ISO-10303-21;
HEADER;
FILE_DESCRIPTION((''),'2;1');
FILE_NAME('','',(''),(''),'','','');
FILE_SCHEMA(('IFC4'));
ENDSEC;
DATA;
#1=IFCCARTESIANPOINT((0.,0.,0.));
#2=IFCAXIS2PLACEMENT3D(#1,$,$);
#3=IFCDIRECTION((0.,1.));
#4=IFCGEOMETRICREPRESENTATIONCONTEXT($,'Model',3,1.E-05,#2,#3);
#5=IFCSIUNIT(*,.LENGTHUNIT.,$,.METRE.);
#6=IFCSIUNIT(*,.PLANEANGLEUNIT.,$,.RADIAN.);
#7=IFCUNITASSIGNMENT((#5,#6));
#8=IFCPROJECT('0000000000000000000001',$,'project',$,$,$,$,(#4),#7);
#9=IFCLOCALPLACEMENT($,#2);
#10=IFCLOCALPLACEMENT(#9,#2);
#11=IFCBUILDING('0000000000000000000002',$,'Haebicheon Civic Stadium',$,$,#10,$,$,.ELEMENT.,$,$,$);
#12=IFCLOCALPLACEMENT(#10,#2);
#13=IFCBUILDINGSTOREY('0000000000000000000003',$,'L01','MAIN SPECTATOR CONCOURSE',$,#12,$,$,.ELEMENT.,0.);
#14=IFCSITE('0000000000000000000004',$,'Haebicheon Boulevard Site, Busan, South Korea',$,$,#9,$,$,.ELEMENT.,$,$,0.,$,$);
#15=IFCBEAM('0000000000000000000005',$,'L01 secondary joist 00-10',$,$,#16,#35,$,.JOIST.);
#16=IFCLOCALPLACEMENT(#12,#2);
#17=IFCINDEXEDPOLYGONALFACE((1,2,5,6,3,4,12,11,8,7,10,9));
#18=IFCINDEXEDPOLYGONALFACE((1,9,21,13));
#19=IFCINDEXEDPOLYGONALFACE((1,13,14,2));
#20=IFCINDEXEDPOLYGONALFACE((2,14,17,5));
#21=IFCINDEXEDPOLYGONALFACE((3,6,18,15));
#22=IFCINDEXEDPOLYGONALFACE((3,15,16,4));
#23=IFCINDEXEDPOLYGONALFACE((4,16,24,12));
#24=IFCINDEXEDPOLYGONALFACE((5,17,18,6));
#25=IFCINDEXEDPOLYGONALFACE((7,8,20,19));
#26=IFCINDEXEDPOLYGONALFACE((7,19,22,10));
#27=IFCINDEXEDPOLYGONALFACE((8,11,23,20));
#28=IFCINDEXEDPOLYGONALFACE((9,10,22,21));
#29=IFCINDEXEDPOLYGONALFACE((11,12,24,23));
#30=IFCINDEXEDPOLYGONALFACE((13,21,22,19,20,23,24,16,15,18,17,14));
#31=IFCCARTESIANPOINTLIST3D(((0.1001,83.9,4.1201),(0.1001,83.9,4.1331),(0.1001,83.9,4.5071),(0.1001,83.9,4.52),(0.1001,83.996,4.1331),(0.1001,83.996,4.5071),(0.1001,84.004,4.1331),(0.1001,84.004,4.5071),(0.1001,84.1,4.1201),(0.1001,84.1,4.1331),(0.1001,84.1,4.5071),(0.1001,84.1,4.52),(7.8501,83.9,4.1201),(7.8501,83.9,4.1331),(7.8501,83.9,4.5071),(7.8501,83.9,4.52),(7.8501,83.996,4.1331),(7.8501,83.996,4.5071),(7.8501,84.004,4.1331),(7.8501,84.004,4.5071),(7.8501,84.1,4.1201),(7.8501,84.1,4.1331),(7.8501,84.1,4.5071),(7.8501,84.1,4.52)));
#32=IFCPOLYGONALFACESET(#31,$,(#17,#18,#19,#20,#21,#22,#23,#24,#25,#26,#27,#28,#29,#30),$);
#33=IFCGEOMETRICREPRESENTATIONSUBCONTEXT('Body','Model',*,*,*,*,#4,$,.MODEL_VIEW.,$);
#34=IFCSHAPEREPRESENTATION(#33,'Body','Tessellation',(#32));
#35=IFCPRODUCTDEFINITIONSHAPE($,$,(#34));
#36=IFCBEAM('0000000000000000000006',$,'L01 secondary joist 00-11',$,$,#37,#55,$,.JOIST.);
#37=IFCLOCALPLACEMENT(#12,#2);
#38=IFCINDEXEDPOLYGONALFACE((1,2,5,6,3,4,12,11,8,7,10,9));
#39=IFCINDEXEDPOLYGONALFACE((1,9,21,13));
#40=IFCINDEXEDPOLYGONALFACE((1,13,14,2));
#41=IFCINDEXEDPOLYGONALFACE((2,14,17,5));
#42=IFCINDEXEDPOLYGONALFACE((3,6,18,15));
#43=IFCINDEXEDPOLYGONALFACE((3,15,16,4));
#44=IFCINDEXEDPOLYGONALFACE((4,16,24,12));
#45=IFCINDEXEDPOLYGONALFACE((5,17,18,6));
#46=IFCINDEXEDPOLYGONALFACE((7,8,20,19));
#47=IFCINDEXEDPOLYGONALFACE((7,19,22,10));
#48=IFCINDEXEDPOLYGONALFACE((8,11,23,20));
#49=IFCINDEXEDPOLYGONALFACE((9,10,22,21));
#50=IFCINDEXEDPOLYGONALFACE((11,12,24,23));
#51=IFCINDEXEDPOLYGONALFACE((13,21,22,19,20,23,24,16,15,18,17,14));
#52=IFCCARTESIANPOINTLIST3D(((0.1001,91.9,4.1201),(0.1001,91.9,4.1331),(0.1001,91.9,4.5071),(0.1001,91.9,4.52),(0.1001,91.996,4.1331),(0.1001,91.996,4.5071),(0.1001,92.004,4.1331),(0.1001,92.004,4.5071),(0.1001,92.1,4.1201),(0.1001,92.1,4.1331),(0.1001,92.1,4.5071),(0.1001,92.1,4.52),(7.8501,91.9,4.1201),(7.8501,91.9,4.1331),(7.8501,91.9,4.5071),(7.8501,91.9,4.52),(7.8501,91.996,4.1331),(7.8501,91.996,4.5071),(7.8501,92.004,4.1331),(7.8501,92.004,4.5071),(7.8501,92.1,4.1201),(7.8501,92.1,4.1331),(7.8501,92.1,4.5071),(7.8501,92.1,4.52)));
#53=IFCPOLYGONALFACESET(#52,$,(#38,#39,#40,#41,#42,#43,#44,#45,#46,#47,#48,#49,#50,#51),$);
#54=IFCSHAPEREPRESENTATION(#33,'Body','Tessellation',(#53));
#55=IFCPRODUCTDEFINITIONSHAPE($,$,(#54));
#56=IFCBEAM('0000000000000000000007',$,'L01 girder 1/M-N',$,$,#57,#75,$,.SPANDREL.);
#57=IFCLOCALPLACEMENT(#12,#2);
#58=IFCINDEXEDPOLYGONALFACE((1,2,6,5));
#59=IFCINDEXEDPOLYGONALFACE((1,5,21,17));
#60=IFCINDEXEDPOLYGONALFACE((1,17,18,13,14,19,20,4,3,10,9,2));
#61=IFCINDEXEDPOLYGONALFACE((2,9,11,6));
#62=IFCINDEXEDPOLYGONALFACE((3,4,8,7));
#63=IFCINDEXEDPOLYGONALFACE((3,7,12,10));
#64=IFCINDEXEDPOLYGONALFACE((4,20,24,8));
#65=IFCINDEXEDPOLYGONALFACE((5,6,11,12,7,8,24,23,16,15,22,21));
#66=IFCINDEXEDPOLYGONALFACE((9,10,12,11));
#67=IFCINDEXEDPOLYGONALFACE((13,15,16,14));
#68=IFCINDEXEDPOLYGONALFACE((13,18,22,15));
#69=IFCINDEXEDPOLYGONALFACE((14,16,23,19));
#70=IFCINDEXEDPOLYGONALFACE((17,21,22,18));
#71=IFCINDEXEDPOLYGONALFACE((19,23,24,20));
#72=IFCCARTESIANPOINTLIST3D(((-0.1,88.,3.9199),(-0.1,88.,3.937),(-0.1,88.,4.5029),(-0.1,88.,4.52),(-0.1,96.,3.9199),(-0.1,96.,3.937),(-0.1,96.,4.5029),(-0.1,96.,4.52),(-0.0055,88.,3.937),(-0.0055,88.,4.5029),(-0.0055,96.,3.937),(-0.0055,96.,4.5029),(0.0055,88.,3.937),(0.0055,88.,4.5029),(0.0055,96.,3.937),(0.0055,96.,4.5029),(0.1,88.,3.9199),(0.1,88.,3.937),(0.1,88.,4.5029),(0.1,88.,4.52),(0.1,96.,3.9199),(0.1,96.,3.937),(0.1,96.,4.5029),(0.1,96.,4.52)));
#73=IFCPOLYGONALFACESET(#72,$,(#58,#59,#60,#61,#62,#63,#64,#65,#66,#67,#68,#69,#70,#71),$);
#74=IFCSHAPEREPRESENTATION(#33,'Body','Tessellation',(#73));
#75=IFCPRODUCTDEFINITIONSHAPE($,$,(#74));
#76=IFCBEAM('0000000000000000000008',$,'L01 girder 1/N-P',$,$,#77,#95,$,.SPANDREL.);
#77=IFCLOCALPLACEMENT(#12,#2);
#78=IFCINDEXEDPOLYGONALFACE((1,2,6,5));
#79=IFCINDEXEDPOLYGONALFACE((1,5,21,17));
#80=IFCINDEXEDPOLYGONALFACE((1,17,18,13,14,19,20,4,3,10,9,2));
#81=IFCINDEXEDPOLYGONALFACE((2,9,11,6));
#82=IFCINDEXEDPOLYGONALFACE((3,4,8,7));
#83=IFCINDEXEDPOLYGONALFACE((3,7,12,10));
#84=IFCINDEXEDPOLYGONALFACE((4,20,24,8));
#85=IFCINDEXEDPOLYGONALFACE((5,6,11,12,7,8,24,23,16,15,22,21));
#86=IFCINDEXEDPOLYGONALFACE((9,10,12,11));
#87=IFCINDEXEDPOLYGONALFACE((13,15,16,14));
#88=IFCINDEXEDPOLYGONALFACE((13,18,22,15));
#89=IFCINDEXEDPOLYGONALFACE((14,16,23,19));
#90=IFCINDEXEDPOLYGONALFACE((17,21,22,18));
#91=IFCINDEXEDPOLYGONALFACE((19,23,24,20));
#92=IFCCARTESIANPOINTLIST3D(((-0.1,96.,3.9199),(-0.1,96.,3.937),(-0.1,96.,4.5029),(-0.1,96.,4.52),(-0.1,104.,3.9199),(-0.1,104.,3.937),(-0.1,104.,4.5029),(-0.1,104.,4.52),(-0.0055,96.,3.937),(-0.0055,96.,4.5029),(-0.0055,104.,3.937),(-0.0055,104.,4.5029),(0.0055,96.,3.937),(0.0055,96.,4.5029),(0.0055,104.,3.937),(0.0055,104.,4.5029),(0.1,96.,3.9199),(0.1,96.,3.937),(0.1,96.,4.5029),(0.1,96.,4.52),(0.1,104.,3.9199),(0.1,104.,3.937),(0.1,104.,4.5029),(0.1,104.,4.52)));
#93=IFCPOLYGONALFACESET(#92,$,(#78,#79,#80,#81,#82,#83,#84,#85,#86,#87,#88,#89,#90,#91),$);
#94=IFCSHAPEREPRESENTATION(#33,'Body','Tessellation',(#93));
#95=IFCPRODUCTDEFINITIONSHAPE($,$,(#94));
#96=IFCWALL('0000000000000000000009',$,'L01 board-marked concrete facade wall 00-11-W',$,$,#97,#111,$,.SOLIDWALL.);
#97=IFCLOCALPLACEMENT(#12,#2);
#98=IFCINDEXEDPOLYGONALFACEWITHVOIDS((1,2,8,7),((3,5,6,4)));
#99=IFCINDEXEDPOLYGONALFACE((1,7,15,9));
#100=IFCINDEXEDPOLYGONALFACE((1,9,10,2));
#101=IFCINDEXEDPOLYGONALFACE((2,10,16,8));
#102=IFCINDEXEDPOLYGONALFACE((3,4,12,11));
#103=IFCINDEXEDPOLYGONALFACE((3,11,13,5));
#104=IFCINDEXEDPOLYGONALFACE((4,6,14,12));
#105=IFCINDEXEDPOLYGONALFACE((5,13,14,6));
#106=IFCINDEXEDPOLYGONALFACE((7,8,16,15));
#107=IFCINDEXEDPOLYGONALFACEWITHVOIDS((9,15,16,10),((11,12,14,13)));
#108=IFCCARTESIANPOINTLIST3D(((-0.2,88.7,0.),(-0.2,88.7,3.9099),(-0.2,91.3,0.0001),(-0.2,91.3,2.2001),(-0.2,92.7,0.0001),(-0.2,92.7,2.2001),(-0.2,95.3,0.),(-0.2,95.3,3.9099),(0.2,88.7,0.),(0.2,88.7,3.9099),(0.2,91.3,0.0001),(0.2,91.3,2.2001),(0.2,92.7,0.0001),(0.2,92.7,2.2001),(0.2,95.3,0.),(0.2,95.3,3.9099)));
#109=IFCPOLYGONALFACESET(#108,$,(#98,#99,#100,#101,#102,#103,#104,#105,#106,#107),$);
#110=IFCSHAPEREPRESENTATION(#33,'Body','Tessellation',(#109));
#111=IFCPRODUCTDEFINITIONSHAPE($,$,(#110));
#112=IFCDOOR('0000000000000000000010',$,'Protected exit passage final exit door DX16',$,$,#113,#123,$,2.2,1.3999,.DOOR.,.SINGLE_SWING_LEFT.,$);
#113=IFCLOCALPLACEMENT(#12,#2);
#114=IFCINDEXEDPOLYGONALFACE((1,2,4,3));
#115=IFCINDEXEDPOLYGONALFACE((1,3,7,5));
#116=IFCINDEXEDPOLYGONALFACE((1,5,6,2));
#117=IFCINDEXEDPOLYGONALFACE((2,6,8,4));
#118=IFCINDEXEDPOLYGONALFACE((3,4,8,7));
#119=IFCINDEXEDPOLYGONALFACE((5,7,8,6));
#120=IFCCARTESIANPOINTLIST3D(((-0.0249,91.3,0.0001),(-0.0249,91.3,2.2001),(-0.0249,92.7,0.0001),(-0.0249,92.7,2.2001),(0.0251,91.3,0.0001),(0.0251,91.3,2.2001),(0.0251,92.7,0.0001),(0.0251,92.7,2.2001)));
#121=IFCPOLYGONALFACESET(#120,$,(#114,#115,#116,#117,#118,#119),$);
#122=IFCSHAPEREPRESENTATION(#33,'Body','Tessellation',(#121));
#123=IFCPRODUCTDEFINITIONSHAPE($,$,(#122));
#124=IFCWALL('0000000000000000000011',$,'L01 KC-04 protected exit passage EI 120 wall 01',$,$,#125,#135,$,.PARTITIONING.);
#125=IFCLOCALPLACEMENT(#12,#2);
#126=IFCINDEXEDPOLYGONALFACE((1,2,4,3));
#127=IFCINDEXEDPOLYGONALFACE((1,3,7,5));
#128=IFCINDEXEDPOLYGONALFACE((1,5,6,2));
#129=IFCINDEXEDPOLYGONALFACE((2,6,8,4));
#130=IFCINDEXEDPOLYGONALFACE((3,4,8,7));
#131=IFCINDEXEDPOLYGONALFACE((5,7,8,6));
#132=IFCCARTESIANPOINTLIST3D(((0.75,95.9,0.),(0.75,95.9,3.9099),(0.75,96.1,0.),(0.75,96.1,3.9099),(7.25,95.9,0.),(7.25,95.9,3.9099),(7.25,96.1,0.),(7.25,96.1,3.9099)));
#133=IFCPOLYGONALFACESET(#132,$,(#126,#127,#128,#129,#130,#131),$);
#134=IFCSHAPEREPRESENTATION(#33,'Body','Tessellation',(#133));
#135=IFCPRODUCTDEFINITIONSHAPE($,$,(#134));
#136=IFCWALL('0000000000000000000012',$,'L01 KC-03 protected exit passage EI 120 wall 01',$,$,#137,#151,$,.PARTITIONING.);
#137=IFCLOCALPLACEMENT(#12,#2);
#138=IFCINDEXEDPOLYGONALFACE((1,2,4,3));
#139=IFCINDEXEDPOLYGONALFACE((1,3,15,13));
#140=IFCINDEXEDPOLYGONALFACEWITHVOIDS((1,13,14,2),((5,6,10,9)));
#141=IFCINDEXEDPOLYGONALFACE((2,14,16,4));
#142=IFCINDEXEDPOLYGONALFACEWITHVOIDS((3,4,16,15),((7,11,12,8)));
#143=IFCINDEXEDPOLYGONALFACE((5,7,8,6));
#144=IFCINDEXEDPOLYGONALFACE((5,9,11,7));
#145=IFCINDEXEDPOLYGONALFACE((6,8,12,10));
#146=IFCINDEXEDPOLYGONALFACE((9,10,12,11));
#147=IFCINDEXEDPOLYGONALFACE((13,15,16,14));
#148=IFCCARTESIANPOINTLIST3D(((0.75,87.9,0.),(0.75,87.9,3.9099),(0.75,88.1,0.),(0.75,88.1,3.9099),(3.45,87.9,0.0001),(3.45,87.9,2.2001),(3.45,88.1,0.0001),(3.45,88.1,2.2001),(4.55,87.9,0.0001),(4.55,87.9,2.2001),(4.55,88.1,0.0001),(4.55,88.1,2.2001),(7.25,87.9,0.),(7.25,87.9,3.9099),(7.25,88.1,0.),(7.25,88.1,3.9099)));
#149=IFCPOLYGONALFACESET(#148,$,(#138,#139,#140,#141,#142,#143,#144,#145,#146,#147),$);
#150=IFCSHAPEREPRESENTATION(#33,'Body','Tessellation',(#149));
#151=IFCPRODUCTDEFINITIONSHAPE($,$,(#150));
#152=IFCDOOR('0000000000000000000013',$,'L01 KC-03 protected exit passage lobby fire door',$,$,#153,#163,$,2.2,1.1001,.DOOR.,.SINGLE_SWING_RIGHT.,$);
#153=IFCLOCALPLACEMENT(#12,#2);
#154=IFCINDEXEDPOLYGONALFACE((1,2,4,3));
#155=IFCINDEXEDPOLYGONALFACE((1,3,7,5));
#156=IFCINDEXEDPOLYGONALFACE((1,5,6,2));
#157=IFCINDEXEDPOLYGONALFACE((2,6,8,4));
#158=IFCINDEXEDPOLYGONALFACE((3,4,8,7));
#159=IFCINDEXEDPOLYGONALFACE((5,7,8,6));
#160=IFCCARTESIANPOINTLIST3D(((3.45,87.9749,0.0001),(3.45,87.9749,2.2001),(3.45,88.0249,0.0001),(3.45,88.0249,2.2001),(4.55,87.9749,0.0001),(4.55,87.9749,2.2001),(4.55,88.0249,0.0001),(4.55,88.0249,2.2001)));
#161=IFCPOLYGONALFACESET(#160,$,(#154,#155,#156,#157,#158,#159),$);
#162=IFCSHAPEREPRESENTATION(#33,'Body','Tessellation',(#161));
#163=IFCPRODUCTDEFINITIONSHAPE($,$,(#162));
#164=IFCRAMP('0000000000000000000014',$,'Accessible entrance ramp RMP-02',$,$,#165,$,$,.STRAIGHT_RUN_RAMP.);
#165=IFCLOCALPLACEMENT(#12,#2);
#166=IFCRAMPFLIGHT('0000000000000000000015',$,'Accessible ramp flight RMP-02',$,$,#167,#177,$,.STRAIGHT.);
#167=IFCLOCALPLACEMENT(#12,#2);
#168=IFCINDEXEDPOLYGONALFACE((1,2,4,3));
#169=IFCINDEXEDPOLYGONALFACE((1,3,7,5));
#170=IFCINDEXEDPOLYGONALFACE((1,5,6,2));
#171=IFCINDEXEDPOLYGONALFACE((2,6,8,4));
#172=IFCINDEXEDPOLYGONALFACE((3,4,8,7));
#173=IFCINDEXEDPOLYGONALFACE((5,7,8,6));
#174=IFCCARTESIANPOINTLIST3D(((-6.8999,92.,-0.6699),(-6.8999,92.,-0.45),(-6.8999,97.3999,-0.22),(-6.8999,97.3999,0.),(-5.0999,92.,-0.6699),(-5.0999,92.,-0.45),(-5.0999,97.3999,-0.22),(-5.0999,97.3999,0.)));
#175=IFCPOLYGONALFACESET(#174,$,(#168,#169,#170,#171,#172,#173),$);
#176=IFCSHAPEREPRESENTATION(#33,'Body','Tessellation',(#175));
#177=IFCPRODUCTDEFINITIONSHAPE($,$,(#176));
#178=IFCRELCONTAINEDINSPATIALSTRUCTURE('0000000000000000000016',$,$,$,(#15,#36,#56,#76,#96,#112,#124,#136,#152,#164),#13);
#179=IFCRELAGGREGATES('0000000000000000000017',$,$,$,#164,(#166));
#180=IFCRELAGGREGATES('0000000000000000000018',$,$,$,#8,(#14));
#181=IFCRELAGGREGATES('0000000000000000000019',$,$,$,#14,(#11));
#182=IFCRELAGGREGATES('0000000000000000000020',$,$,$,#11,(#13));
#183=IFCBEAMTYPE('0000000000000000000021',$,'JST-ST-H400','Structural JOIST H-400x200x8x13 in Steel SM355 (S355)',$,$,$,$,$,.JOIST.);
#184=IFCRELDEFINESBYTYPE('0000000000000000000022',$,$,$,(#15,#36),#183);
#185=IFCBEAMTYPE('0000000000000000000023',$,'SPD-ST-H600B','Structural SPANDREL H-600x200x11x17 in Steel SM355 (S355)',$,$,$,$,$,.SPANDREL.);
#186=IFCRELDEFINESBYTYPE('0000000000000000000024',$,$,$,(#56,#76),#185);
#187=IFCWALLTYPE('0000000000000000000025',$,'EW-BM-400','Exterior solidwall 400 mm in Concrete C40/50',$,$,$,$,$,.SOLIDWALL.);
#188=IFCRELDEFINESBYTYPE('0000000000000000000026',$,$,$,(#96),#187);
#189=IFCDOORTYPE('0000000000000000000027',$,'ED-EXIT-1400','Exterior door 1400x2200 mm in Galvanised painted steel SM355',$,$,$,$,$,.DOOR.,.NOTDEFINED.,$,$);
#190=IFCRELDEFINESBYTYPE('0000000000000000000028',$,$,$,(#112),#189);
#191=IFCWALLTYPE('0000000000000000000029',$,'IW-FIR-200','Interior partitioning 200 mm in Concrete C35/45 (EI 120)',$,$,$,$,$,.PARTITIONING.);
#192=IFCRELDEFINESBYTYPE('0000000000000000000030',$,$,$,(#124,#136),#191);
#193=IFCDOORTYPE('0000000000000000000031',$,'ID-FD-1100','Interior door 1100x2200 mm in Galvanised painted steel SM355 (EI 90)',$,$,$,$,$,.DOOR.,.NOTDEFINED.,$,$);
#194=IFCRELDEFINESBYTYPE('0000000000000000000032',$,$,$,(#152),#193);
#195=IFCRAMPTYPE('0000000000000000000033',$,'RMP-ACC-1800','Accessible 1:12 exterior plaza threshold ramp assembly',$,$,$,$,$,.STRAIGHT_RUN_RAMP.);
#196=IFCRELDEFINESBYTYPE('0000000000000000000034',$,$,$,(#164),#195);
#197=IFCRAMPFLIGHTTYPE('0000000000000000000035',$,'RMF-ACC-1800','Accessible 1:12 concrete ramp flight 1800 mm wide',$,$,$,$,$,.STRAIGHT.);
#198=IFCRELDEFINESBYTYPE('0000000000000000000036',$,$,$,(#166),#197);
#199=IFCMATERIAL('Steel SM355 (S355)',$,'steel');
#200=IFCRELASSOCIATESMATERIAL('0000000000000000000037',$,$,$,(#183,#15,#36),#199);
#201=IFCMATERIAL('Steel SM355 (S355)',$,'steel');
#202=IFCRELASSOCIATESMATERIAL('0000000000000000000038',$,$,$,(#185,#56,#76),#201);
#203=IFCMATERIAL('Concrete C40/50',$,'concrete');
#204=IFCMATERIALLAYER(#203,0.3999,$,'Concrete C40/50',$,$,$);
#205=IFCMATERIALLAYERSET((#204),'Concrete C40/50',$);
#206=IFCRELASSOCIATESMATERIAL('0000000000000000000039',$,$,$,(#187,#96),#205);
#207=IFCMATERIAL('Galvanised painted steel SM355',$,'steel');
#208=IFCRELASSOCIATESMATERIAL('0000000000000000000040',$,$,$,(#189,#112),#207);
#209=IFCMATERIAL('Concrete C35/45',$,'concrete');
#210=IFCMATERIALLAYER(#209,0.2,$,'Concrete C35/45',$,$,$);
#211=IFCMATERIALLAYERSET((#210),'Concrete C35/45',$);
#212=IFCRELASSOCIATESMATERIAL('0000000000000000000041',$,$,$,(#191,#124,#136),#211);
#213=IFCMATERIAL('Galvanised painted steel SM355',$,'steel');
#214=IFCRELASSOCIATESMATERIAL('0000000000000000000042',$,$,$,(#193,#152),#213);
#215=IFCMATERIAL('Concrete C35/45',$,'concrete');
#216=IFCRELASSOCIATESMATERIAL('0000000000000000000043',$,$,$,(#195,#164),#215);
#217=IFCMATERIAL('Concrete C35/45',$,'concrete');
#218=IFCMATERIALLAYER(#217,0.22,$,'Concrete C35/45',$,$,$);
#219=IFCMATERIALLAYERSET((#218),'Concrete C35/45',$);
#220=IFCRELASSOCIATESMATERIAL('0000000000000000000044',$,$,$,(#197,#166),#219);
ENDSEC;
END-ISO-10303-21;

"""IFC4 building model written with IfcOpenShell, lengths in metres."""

from ifc_helpers import new_model, si_unit, direction, frame, frame_2d, origin, origin_2d, place, context, subcontext, project, spatial, polyline, rectangle, i_section, outline, extrude, material, layer, layer_set, material_profile, profile_set, type_object, element, fill, aggregate, save


model = new_model("IFC4")

# Units and contexts
model_context = context("Model", 3, precision=1e-05, world=origin(), true_north=direction((0.0, 1.0)))
body_context = subcontext(model_context, "Body", "Model", "MODEL_VIEW")
ifc_project = project(units=[si_unit("LENGTHUNIT", "METRE"), si_unit("PLANEANGLEUNIT", "RADIAN")], contexts=[model_context])

# Site, building, storey
site_placement = place(None, origin())
site = spatial("IfcSite", under=ifc_project, at=site_placement, Name="Haebicheon Boulevard Site, Busan, South Korea", CompositionType="ELEMENT", RefElevation=0.0)
building_placement = place(site_placement, origin())
building = spatial("IfcBuilding", under=site, at=building_placement, Name="Haebicheon Civic Stadium", CompositionType="ELEMENT")
storey_placement = place(building_placement, origin())
storey = spatial("IfcBuildingStorey", under=building, at=storey_placement, Name="L01", Description="MAIN SPECTATOR CONCOURSE", CompositionType="ELEMENT", Elevation=0.0)

# Beams
ifc_material_1 = material(Name="Steel SM355 (S355)", Category="steel")
ifc_material_profile_1 = material_profile(ifc_material_1, i_section(OverallWidth=0.2, OverallDepth=0.3999, WebThickness=0.0081, FlangeThickness=0.0129, at=origin_2d()), Name="H-400x200x8x13")
ifc_profile_set_1 = profile_set([ifc_material_profile_1], Name="Steel SM355 (S355)")
beam_type_1 = type_object("IfcBeamType", Name="JST-ST-H400", Description="Structural JOIST H-400x200x8x13 in Steel SM355 (S355)", PredefinedType="JOIST", material=ifc_profile_set_1)
for number, where, z_axis, x_axis, name in (
    (1, (0.1001, 84.0, 4.3201), (1.0, 0.0, 0.0), (0.0, 1.0, 0.0), "L01 secondary joist 00-10"),
    (2, (0.1001, 92.0, 4.3201), (1.0, 0.0, 0.0), (0.0, 1.0, 0.0), "L01 secondary joist 00-11"),
):
    element("IfcBeam", number, at=place(storey_placement, frame(where, z_axis=z_axis, x_axis=x_axis)), inside=storey, type_object=beam_type_1, material=ifc_profile_set_1, Name=name, PredefinedType="JOIST", context=body_context, shape_type="SweptSolid", body=[
        extrude(i_section(OverallWidth=0.2, OverallDepth=0.3999, WebThickness=0.0081, FlangeThickness=0.0129, at=origin_2d()), origin(), (0.0, 0.0, 1.0), 7.75),
    ])
ifc_material_2 = material(Name="Steel SM355 (S355)", Category="steel")
ifc_material_profile_2 = material_profile(ifc_material_2, i_section(OverallWidth=0.2, OverallDepth=0.6001, WebThickness=0.011, FlangeThickness=0.0171, at=origin_2d()), Name="H-600x200x11x17")
ifc_profile_set_2 = profile_set([ifc_material_profile_2], Name="Steel SM355 (S355)")
beam_type_2 = type_object("IfcBeamType", Name="SPD-ST-H600B", Description="Structural SPANDREL H-600x200x11x17 in Steel SM355 (S355)", PredefinedType="SPANDREL", material=ifc_profile_set_2)
for number, where, z_axis, x_axis, name in (
    (3, (0.0, 88.0, 4.22), (0.0, 1.0, 0.0), (-1.0, 0.0, 0.0), "L01 girder 1/M-N"),
    (4, (0.0, 96.0, 4.22), (0.0, 1.0, 0.0), (-1.0, 0.0, 0.0), "L01 girder 1/N-P"),
):
    element("IfcBeam", number, at=place(storey_placement, frame(where, z_axis=z_axis, x_axis=x_axis)), inside=storey, type_object=beam_type_2, material=ifc_profile_set_2, Name=name, PredefinedType="SPANDREL", context=body_context, shape_type="SweptSolid", body=[
        extrude(i_section(OverallWidth=0.2, OverallDepth=0.6001, WebThickness=0.011, FlangeThickness=0.0171, at=origin_2d()), origin(), (0.0, 0.0, 1.0), 8.0),
    ])

# Wall, opening, door
ifc_material_3 = material(Name="Concrete C40/50", Category="concrete")
ifc_layer_1 = layer(ifc_material_3, 0.3999, Name="Concrete C40/50")
ifc_layer_set_1 = layer_set([ifc_layer_1], Name="Concrete C40/50")
wall_type_1 = type_object("IfcWallType", Name="EW-BM-400", Description="Exterior solidwall 400 mm in Concrete C40/50", PredefinedType="SOLIDWALL", material=ifc_layer_set_1)
wall_1_placement = place(storey_placement, frame((0.0, 88.7, 0.0), z_axis=(0.0, 0.0, 1.0), x_axis=(0.0, 1.0, 0.0)))
wall_1 = element("IfcWall", 5, at=wall_1_placement, inside=storey, type_object=wall_type_1, material=ifc_layer_set_1, Name="L01 board-marked concrete facade wall 00-11-W", PredefinedType="SOLIDWALL", context=body_context, shape_type="SweptSolid", body=[
    extrude(rectangle(XDim=6.6001, YDim=0.3999, at=frame_2d((3.3, 0.0))), origin(), (0.0, 0.0, 1.0), 3.9099),
])
opening_1_placement = place(wall_1_placement, frame((2.6001, 0.0, 0.0)))
opening_1 = element("IfcOpeningElement", 6, at=opening_1_placement, cuts=wall_1, PredefinedType="OPENING", context=body_context, shape_type="SweptSolid", body=[
    extrude(rectangle(XDim=1.3999, YDim=2.2, at=frame_2d((0.7, 1.1001))), frame((0.0, 0.21, 0.0), z_axis=(0.0, -1.0, 0.0), x_axis=(1.0, 0.0, 0.0)), (0.0, 0.0, 1.0), 0.4199),
])
ifc_material_4 = material(Name="Galvanised painted steel SM355", Category="steel")
door_type_1 = type_object("IfcDoorType", Name="ED-EXIT-1400", Description="Exterior door 1400x2200 mm in Galvanised painted steel SM355", OperationType="NOTDEFINED", PredefinedType="DOOR", material=ifc_material_4)
door_1_placement = place(opening_1_placement, origin())
door_1 = element("IfcDoor", 7, at=door_1_placement, inside=storey, type_object=door_type_1, material=ifc_material_4, Name="Protected exit passage final exit door DX16", OperationType="SINGLE_SWING_LEFT", OverallHeight=2.2, OverallWidth=1.3999, PredefinedType="DOOR", context=body_context, shape_type="SweptSolid", body=[
    extrude(rectangle(XDim=1.3999, YDim=2.2, at=frame_2d((0.7, 1.1001))), frame((0.0, 0.0249, 0.0), z_axis=(0.0, -1.0, 0.0), x_axis=(1.0, 0.0, 0.0)), (0.0, 0.0, 1.0), 0.05),
])
fill(opening_1, door_1)

# Wall
ifc_material_5 = material(Name="Concrete C35/45", Category="concrete")
ifc_layer_2 = layer(ifc_material_5, 0.2, Name="Concrete C35/45")
ifc_layer_set_2 = layer_set([ifc_layer_2], Name="Concrete C35/45")
wall_type_2 = type_object("IfcWallType", Name="IW-FIR-200", Description="Interior partitioning 200 mm in Concrete C35/45 (EI 120)", PredefinedType="PARTITIONING", material=ifc_layer_set_2)
wall_2_placement = place(storey_placement, frame((0.75, 96.0, 0.0), z_axis=(0.0, 0.0, 1.0), x_axis=(1.0, 0.0, 0.0)))
element("IfcWall", 8, at=wall_2_placement, inside=storey, type_object=wall_type_2, material=ifc_layer_set_2, Name="L01 KC-04 protected exit passage EI 120 wall 01", PredefinedType="PARTITIONING", context=body_context, shape_type="SweptSolid", body=[
    extrude(rectangle(XDim=6.5, YDim=0.2, at=frame_2d((3.25, 0.0))), origin(), (0.0, 0.0, 1.0), 3.9099),
])

# Wall, opening, door
wall_3_placement = place(storey_placement, frame((0.75, 88.0, 0.0), z_axis=(0.0, 0.0, 1.0), x_axis=(1.0, 0.0, 0.0)))
wall_3 = element("IfcWall", 9, at=wall_3_placement, inside=storey, type_object=wall_type_2, material=ifc_layer_set_2, Name="L01 KC-03 protected exit passage EI 120 wall 01", PredefinedType="PARTITIONING", context=body_context, shape_type="SweptSolid", body=[
    extrude(rectangle(XDim=6.5, YDim=0.2, at=frame_2d((3.25, 0.0))), origin(), (0.0, 0.0, 1.0), 3.9099),
])
opening_2_placement = place(wall_3_placement, frame((2.7, 0.0, 0.0)))
opening_2 = element("IfcOpeningElement", 10, at=opening_2_placement, cuts=wall_3, PredefinedType="OPENING", context=body_context, shape_type="SweptSolid", body=[
    extrude(rectangle(XDim=1.1001, YDim=2.2, at=frame_2d((0.55, 1.1001))), frame((0.0, 0.1099, 0.0), z_axis=(0.0, -1.0, 0.0), x_axis=(1.0, 0.0, 0.0)), (0.0, 0.0, 1.0), 0.22),
])
ifc_material_6 = material(Name="Galvanised painted steel SM355", Category="steel")
door_type_2 = type_object("IfcDoorType", Name="ID-FD-1100", Description="Interior door 1100x2200 mm in Galvanised painted steel SM355 (EI 90)", OperationType="NOTDEFINED", PredefinedType="DOOR", material=ifc_material_6)
door_2_placement = place(opening_2_placement, origin())
door_2 = element("IfcDoor", 11, at=door_2_placement, inside=storey, type_object=door_type_2, material=ifc_material_6, Name="L01 KC-03 protected exit passage lobby fire door", OperationType="SINGLE_SWING_RIGHT", OverallHeight=2.2, OverallWidth=1.1001, PredefinedType="DOOR", context=body_context, shape_type="SweptSolid", body=[
    extrude(rectangle(XDim=1.1001, YDim=2.2, at=frame_2d((0.55, 1.1001))), frame((0.0, 0.0249, 0.0), z_axis=(0.0, -1.0, 0.0), x_axis=(1.0, 0.0, 0.0)), (0.0, 0.0, 1.0), 0.05),
])
fill(opening_2, door_2)

# Ramp, ramp flight
ifc_material_7 = material(Name="Concrete C35/45", Category="concrete")
ramp_type = type_object("IfcRampType", Name="RMP-ACC-1800", Description="Accessible 1:12 exterior plaza threshold ramp assembly", PredefinedType="STRAIGHT_RUN_RAMP", material=ifc_material_7)
ramp_placement = place(storey_placement, origin())
ramp = element("IfcRamp", 12, at=ramp_placement, inside=storey, type_object=ramp_type, material=ifc_material_7, Name="Accessible entrance ramp RMP-02", PredefinedType="STRAIGHT_RUN_RAMP")
ifc_material_8 = material(Name="Concrete C35/45", Category="concrete")
ifc_layer_3 = layer(ifc_material_8, 0.22, Name="Concrete C35/45")
ifc_layer_set_3 = layer_set([ifc_layer_3], Name="Concrete C35/45")
ramp_flight_type = type_object("IfcRampFlightType", Name="RMF-ACC-1800", Description="Accessible 1:12 concrete ramp flight 1800 mm wide", PredefinedType="STRAIGHT", material=ifc_layer_set_3)
ramp_flight_placement = place(storey_placement, frame((-6.0, 92.0, -0.45), z_axis=(0.0, 0.0, 1.0), x_axis=(0.0, 1.0, 0.0)))
ramp_flight = element("IfcRampFlight", 13, at=ramp_flight_placement, type_object=ramp_flight_type, material=ifc_layer_set_3, Name="Accessible ramp flight RMP-02", PredefinedType="STRAIGHT", context=body_context, shape_type="SweptSolid", body=[
    extrude(outline(polyline([(0.0, 0.0), (5.3999, 0.45), (5.3999, 0.23), (0.0, -0.22), (0.0, 0.0)])), frame((0.0, 0.8999, 0.0), z_axis=(0.0, -1.0, 0.0), x_axis=(1.0, 0.0, 0.0)), (0.0, 0.0, 1.0), 1.8),
])
aggregate(ramp, [ramp_flight])

save(model, "model.ifc")
